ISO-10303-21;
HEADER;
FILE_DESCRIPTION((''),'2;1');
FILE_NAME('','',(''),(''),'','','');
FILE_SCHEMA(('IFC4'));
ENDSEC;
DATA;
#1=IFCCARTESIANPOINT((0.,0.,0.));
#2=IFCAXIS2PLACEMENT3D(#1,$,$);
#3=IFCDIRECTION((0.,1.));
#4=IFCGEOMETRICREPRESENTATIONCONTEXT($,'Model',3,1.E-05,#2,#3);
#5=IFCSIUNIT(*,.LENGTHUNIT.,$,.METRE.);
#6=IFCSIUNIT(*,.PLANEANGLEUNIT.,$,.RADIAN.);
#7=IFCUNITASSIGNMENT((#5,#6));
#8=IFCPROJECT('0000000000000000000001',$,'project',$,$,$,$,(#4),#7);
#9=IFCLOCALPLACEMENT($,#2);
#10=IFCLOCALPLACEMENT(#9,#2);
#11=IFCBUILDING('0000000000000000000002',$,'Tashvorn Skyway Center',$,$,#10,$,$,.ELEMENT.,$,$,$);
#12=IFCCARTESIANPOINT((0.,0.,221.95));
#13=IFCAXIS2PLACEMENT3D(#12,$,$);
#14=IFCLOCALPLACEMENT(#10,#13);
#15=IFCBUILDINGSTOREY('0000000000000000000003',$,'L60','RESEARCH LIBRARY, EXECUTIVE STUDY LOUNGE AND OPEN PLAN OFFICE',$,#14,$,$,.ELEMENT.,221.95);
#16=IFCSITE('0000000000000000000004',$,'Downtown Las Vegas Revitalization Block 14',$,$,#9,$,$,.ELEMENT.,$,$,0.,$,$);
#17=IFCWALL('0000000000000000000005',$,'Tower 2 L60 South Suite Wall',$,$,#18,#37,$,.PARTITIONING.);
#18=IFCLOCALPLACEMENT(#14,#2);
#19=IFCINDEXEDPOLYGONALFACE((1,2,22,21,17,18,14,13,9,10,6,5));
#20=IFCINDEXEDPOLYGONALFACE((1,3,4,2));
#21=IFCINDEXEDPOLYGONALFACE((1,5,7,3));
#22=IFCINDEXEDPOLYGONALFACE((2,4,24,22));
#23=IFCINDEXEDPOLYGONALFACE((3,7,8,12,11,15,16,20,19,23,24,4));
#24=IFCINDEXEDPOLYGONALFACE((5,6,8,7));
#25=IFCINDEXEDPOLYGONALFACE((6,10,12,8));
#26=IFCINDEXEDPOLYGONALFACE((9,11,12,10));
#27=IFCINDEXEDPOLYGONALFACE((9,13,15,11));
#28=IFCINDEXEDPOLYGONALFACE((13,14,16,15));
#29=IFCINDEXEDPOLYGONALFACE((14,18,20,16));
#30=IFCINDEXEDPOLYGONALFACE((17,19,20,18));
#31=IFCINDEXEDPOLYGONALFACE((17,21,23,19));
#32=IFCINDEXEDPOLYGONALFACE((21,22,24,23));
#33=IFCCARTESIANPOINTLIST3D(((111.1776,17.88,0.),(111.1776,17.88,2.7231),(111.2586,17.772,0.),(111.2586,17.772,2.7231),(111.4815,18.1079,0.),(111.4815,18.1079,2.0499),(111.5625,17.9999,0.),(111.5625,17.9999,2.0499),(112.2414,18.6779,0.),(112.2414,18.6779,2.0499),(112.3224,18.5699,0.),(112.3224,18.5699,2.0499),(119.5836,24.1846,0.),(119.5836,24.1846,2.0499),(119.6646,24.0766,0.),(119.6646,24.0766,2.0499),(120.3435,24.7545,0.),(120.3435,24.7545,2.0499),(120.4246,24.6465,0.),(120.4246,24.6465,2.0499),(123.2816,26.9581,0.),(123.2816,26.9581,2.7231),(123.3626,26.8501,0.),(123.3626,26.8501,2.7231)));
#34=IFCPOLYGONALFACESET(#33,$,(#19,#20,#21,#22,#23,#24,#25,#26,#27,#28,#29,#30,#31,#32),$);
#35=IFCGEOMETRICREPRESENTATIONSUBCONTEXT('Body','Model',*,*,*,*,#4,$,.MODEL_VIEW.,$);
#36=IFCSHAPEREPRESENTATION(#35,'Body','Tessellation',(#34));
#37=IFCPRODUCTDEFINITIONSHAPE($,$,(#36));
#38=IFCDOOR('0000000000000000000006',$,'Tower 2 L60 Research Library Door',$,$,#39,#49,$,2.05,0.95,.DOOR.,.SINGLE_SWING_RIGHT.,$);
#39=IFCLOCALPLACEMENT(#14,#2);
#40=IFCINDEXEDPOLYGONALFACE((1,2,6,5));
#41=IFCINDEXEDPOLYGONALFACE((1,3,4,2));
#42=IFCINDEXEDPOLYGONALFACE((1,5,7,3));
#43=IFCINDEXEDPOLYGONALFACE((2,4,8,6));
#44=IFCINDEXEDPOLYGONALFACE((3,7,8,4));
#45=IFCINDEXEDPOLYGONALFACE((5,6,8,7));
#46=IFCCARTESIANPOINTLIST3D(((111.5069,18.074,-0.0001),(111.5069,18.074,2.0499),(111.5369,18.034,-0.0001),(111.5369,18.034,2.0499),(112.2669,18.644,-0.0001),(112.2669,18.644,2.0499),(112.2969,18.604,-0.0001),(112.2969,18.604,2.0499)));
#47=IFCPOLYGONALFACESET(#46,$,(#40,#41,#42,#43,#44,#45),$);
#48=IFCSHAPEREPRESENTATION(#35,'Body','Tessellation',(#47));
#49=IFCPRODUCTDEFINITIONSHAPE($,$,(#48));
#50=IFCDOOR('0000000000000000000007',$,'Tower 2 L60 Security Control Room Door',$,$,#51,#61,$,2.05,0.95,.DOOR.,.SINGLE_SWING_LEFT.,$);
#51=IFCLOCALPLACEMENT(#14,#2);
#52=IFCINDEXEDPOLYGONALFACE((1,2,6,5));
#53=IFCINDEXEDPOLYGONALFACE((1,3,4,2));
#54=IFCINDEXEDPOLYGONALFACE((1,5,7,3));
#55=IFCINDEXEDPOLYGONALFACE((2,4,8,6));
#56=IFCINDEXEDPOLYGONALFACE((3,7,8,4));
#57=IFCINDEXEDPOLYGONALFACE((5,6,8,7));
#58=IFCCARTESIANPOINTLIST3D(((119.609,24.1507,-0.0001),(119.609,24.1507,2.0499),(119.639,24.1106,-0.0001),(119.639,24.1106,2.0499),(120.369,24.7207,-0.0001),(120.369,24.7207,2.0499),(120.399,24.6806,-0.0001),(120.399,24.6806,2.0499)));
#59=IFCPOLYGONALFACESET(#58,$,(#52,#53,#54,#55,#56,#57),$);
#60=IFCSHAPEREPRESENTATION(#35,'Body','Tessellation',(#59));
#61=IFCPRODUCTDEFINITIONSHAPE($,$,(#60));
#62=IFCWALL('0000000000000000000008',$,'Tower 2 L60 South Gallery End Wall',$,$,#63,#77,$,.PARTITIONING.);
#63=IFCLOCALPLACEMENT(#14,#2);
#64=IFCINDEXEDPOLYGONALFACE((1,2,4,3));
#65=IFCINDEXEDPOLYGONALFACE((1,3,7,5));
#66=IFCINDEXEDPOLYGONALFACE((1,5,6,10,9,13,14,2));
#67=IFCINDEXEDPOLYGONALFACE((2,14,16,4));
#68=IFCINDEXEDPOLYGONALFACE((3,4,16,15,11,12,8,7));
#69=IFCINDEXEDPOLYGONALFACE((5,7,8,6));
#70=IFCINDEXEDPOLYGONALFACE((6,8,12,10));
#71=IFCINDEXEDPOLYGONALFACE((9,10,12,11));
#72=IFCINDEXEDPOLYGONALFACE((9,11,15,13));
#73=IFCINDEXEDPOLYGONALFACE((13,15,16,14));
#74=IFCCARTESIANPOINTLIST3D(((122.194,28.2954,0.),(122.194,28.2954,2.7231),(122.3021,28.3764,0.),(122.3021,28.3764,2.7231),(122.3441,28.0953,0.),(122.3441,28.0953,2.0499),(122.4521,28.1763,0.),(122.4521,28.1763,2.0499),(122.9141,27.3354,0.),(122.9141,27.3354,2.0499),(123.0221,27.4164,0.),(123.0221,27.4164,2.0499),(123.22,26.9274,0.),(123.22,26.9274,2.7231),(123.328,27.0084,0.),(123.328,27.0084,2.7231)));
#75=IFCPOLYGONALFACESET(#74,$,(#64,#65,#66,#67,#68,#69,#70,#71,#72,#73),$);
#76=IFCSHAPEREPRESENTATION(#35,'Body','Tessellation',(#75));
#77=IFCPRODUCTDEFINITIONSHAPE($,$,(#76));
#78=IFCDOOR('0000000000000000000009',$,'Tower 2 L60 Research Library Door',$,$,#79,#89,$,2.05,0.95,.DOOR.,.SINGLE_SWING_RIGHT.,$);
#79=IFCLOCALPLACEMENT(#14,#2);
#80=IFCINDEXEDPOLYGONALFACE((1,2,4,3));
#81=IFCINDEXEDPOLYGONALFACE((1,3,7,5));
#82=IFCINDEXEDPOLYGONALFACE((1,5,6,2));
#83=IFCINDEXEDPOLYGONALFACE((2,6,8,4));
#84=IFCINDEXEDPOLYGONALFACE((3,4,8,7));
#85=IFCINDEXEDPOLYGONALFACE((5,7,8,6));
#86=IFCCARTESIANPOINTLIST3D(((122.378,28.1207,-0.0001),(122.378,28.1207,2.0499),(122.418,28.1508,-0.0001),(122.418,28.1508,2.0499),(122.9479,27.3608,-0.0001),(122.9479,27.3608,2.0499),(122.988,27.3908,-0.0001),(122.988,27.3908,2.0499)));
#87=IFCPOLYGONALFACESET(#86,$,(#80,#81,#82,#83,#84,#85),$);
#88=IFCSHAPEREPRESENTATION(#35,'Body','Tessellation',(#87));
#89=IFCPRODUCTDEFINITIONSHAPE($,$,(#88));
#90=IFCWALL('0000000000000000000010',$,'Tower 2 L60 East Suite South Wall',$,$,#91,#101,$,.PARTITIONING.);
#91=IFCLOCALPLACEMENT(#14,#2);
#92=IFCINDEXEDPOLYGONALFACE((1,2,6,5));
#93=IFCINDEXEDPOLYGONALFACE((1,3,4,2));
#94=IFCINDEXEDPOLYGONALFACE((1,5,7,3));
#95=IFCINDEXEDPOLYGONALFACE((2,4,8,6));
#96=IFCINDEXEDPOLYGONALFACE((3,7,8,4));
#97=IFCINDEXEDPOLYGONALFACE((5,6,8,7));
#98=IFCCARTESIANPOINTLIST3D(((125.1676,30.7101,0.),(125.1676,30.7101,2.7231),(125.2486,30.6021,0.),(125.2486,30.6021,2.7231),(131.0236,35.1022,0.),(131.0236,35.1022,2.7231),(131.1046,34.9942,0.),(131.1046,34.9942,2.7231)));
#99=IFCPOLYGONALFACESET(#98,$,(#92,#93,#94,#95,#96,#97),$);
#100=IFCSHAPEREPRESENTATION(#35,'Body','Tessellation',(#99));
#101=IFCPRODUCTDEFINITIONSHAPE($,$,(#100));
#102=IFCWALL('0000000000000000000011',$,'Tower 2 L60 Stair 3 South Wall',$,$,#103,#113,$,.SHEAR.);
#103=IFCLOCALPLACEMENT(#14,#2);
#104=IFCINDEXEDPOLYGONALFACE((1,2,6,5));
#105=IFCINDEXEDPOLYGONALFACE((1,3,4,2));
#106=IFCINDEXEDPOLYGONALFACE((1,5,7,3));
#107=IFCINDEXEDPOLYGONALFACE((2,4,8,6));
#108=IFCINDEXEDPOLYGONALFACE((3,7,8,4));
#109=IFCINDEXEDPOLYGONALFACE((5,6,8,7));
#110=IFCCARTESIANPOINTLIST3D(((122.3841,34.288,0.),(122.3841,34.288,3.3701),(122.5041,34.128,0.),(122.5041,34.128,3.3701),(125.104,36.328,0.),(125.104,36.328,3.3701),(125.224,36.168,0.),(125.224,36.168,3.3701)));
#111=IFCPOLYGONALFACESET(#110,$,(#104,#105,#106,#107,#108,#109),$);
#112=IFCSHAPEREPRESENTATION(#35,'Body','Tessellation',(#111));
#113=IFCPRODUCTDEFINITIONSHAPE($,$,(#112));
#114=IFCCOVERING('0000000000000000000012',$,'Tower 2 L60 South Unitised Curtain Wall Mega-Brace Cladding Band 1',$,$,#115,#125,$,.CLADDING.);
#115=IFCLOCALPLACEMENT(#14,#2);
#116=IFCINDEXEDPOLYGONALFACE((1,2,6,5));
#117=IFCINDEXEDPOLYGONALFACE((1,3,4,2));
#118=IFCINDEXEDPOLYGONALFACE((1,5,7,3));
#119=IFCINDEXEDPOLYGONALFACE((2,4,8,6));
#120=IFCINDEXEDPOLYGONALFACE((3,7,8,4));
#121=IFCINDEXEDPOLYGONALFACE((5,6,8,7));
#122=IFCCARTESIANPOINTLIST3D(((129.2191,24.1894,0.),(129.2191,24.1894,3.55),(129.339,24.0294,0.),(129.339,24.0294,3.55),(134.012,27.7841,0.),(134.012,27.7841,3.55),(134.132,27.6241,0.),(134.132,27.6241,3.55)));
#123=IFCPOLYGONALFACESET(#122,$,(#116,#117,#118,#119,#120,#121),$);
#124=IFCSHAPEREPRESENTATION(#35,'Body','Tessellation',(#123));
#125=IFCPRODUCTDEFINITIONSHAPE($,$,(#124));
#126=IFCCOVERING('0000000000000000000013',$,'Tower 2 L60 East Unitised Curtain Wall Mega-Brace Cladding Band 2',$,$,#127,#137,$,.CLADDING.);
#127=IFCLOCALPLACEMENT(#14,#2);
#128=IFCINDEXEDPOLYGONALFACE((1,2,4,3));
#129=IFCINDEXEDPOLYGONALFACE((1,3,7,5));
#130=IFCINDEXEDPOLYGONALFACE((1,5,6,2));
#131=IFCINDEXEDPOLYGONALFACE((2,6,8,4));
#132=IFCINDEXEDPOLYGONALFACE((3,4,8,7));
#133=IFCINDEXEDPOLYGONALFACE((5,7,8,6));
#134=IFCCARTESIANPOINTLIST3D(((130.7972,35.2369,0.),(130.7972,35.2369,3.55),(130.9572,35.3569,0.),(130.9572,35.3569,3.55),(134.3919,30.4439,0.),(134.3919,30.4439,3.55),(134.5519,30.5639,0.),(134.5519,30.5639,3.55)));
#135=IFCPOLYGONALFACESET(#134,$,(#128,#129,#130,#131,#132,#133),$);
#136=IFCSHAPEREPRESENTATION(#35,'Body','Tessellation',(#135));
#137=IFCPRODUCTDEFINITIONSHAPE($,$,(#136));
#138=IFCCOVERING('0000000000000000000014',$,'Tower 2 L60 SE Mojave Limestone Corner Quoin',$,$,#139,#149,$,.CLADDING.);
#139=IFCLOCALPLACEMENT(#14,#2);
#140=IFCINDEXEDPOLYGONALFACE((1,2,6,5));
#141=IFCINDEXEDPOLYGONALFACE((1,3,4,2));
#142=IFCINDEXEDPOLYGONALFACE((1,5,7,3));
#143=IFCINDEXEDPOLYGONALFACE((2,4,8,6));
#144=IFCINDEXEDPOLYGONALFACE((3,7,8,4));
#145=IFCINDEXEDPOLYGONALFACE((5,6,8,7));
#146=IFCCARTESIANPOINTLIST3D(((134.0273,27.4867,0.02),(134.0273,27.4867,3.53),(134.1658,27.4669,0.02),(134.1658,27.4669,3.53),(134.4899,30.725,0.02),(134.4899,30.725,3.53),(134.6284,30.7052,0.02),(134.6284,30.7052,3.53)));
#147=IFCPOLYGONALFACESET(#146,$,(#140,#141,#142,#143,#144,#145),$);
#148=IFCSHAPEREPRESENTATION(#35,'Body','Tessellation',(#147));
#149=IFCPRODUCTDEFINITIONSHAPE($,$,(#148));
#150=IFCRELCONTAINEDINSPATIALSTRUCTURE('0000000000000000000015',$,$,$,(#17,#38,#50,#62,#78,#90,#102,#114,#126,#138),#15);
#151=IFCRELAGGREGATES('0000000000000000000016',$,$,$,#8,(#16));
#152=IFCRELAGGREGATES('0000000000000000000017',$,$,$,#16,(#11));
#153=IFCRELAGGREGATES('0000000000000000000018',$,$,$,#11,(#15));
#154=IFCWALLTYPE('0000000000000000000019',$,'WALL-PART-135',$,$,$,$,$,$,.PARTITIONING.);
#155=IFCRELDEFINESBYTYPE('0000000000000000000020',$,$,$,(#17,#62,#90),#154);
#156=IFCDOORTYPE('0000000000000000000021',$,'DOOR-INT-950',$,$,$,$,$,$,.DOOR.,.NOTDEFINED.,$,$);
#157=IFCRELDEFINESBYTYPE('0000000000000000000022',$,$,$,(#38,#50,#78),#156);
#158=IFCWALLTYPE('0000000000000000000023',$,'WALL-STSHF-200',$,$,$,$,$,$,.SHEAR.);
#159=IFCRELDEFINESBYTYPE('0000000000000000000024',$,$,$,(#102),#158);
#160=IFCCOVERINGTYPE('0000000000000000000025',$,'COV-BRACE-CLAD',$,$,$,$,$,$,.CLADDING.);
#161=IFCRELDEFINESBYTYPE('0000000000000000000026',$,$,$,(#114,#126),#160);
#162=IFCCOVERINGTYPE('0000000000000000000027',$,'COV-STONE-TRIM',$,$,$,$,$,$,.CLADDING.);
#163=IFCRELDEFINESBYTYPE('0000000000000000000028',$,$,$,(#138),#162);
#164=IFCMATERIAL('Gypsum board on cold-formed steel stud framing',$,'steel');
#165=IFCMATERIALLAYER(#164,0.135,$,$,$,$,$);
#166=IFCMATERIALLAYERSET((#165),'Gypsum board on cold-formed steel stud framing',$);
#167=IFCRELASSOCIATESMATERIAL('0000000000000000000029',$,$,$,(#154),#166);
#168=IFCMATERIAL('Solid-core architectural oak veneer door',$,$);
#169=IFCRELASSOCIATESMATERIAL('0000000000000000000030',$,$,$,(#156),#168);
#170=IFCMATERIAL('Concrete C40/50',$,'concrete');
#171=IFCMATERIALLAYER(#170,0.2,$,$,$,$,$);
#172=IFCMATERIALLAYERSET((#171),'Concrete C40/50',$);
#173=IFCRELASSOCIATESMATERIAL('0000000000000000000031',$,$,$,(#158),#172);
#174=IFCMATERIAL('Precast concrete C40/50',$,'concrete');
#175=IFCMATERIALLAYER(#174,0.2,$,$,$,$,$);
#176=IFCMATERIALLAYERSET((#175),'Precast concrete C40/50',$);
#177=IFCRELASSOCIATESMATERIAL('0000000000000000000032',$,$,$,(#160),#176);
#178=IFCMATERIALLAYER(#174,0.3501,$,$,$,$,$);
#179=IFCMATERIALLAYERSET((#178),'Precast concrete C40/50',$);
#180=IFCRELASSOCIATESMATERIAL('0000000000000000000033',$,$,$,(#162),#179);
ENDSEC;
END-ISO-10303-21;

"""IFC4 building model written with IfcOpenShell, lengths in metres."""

from ifc_helpers import new_model, si_unit, direction, frame, frame_2d, origin, origin_2d, place, context, subcontext, project, spatial, rectangle, extrude, material, layer, layer_set, type_object, element, fill, save


model = new_model("IFC4")

# Units and contexts
model_context = context("Model", 3, precision=1e-05, world=origin(), true_north=direction((0.0, 1.0)))
body_context = subcontext(model_context, "Body", "Model", "MODEL_VIEW")
ifc_project = project(units=[si_unit("LENGTHUNIT", "METRE"), si_unit("PLANEANGLEUNIT", "RADIAN")], contexts=[model_context])

# Site, building, storey
site_placement = place(None, origin())
site = spatial("IfcSite", under=ifc_project, at=site_placement, Name="Downtown Las Vegas Revitalization Block 14", CompositionType="ELEMENT", RefElevation=0.0)
building_placement = place(site_placement, origin())
building = spatial("IfcBuilding", under=site, at=building_placement, Name="Tashvorn Skyway Center", CompositionType="ELEMENT")
storey_placement = place(building_placement, frame((0.0, 0.0, 221.95)))
storey = spatial("IfcBuildingStorey", under=building, at=storey_placement, Name="L60", Description="RESEARCH LIBRARY, EXECUTIVE STUDY LOUNGE AND OPEN PLAN OFFICE", CompositionType="ELEMENT", Elevation=221.95)

# Shared definitions
ifc_material_1 = material(Name="Precast concrete C40/50", Category="concrete")

# Wall, openings, doors
ifc_material_2 = material(Name="Gypsum board on cold-formed steel stud framing", Category="steel")
ifc_layer_1 = layer(ifc_material_2, 0.135)
ifc_layer_set_1 = layer_set([ifc_layer_1], Name="Gypsum board on cold-formed steel stud framing")
wall_type_1 = type_object("IfcWallType", Name="WALL-PART-135", PredefinedType="PARTITIONING", material=ifc_layer_set_1)
wall_1_placement = place(storey_placement, frame((123.322, 26.9041, 0.0), z_axis=(0.0, 0.0, 1.0), x_axis=(-0.799996, -0.600005, 0.0)))
wall_1 = element("IfcWall", 1, at=wall_1_placement, inside=storey, type_object=wall_type_1, Name="Tower 2 L60 South Suite Wall", PredefinedType="PARTITIONING", context=body_context, shape_type="SweptSolid", body=[
    extrude(rectangle(XDim=15.1301, YDim=0.135, at=frame_2d((7.5649, 0.0))), origin(), (0.0, 0.0, 1.0), 2.7231),
])
opening_1_placement = place(wall_1_placement, frame((13.8, 0.0, 0.0)))
opening_1 = element("IfcOpeningElement", 2, at=opening_1_placement, cuts=wall_1, PredefinedType="OPENING", context=body_context, shape_type="SweptSolid", body=[
    extrude(rectangle(XDim=0.95, YDim=2.05, at=frame_2d((0.4751, 1.0249))), frame((0.0, 0.0774, 0.0), z_axis=(0.0, -1.0, 0.0), x_axis=(1.0, 0.0, 0.0)), (0.0, 0.0, 1.0), 0.155),
])
opening_2_placement = place(wall_1_placement, frame((3.6724, 0.0, 0.0)))
opening_2 = element("IfcOpeningElement", 3, at=opening_2_placement, cuts=wall_1, PredefinedType="OPENING", context=body_context, shape_type="SweptSolid", body=[
    extrude(rectangle(XDim=0.95, YDim=2.05, at=frame_2d((0.4751, 1.0249))), frame((0.0, 0.0774, 0.0), z_axis=(0.0, -1.0, 0.0), x_axis=(1.0, 0.0, 0.0)), (0.0, 0.0, 1.0), 0.155),
])
ifc_material_3 = material(Name="Solid-core architectural oak veneer door")
door_type_1 = type_object("IfcDoorType", Name="DOOR-INT-950", OperationType="NOTDEFINED", PredefinedType="DOOR", material=ifc_material_3)
door_1_placement = place(opening_1_placement, origin())
door_1 = element("IfcDoor", 4, at=door_1_placement, inside=storey, type_object=door_type_1, Name="Tower 2 L60 Research Library Door", OperationType="SINGLE_SWING_RIGHT", OverallHeight=2.05, OverallWidth=0.95, PredefinedType="DOOR", context=body_context, shape_type="SweptSolid", body=[
    extrude(rectangle(XDim=0.95, YDim=2.05, at=frame_2d((0.4751, 1.0249))), frame((0.0, 0.0249, 0.0), z_axis=(0.0, -1.0, 0.0), x_axis=(1.0, 0.0, 0.0)), (0.0, 0.0, 1.0), 0.05),
])
fill(opening_1, door_1)
door_2_placement = place(opening_2_placement, origin())
door_2 = element("IfcDoor", 5, at=door_2_placement, inside=storey, type_object=door_type_1, Name="Tower 2 L60 Security Control Room Door", OperationType="SINGLE_SWING_LEFT", OverallHeight=2.05, OverallWidth=0.95, PredefinedType="DOOR", context=body_context, shape_type="SweptSolid", body=[
    extrude(rectangle(XDim=0.95, YDim=2.05, at=frame_2d((0.4751, 1.0249))), frame((0.0, 0.0249, 0.0), z_axis=(0.0, -1.0, 0.0), x_axis=(1.0, 0.0, 0.0)), (0.0, 0.0, 1.0), 0.05),
])
fill(opening_2, door_2)

# Wall, opening, door
wall_2_placement = place(storey_placement, frame((122.248, 28.3359, 0.0), z_axis=(0.0, 0.0, 1.0), x_axis=(0.599977, -0.800017, 0.0)))
wall_2 = element("IfcWall", 6, at=wall_2_placement, inside=storey, type_object=wall_type_1, Name="Tower 2 L60 South Gallery End Wall", PredefinedType="PARTITIONING", context=body_context, shape_type="SweptSolid", body=[
    extrude(rectangle(XDim=1.71, YDim=0.135, at=frame_2d((0.855, 0.0))), origin(), (0.0, 0.0, 1.0), 2.7231),
])
opening_3_placement = place(wall_2_placement, frame((0.25, 0.0, 0.0)))
opening_3 = element("IfcOpeningElement", 7, at=opening_3_placement, cuts=wall_2, PredefinedType="OPENING", context=body_context, shape_type="SweptSolid", body=[
    extrude(rectangle(XDim=0.95, YDim=2.05, at=frame_2d((0.4751, 1.0249))), frame((0.0, 0.0774, 0.0), z_axis=(0.0, -1.0, 0.0), x_axis=(1.0, 0.0, 0.0)), (0.0, 0.0, 1.0), 0.155),
])
door_3_placement = place(opening_3_placement, origin())
door_3 = element("IfcDoor", 8, at=door_3_placement, inside=storey, type_object=door_type_1, Name="Tower 2 L60 Research Library Door", OperationType="SINGLE_SWING_RIGHT", OverallHeight=2.05, OverallWidth=0.95, PredefinedType="DOOR", context=body_context, shape_type="SweptSolid", body=[
    extrude(rectangle(XDim=0.95, YDim=2.05, at=frame_2d((0.4751, 1.0249))), frame((0.0, 0.0249, 0.0), z_axis=(0.0, -1.0, 0.0), x_axis=(1.0, 0.0, 0.0)), (0.0, 0.0, 1.0), 0.05),
])
fill(opening_3, door_3)

# Walls
wall_3_placement = place(storey_placement, frame((125.208, 30.656, 0.0), z_axis=(0.0, 0.0, 1.0), x_axis=(0.799992, 0.600011, 0.0)))
element("IfcWall", 9, at=wall_3_placement, inside=storey, type_object=wall_type_1, Name="Tower 2 L60 East Suite South Wall", PredefinedType="PARTITIONING", context=body_context, shape_type="SweptSolid", body=[
    extrude(rectangle(XDim=7.3201, YDim=0.135, at=frame_2d((3.6602, 0.0))), origin(), (0.0, 0.0, 1.0), 2.7231),
])
ifc_material_4 = material(Name="Concrete C40/50", Category="concrete")
ifc_layer_2 = layer(ifc_material_4, 0.2)
ifc_layer_set_2 = layer_set([ifc_layer_2], Name="Concrete C40/50")
wall_type_2 = type_object("IfcWallType", Name="WALL-STSHF-200", PredefinedType="SHEAR", material=ifc_layer_set_2)
wall_4_placement = place(storey_placement, frame((122.4441, 34.208, 0.0), z_axis=(0.0, 0.0, 1.0), x_axis=(0.799991, 0.600011, 0.0)))
element("IfcWall", 10, at=wall_4_placement, inside=storey, type_object=wall_type_2, Name="Tower 2 L60 Stair 3 South Wall", PredefinedType="SHEAR", context=body_context, shape_type="SweptSolid", body=[
    extrude(rectangle(XDim=3.3999, YDim=0.2, at=frame_2d((1.7, 0.0))), origin(), (0.0, 0.0, 1.0), 3.3701),
])

# Coverings
ifc_layer_3 = layer(ifc_material_1, 0.2)
ifc_layer_set_3 = layer_set([ifc_layer_3], Name="Precast concrete C40/50")
covering_type_1 = type_object("IfcCoveringType", Name="COV-BRACE-CLAD", PredefinedType="CLADDING", material=ifc_layer_set_3)
for number, where, z_axis, x_axis, name in (
    (11, (131.6755, 25.9067, 0.0), (0.0, 0.0, 1.0), (-0.8, -0.6, 0.0), "Tower 2 L60 South Unitised Curtain Wall Mega-Brace Cladding Band 1"),
    (12, (132.6746, 32.9004, 0.0), (0.0, 0.0, 1.0), (0.6, -0.8, 0.0), "Tower 2 L60 East Unitised Curtain Wall Mega-Brace Cladding Band 2"),
):
    element("IfcCovering", number, at=place(storey_placement, frame(where, z_axis=z_axis, x_axis=x_axis)), inside=storey, type_object=covering_type_1, Name=name, PredefinedType="CLADDING", context=body_context, shape_type="SweptSolid", body=[
        extrude(rectangle(XDim=5.9912, YDim=0.2, at=origin_2d()), origin(), (0.0, 0.0, 1.0), 3.55),
    ])
ifc_layer_4 = layer(ifc_material_1, 0.3501)
ifc_layer_set_4 = layer_set([ifc_layer_4], Name="Precast concrete C40/50")
covering_type_2 = type_object("IfcCoveringType", Name="COV-STONE-TRIM", PredefinedType="CLADDING", material=ifc_layer_set_4)
covering_placement = place(storey_placement, frame((134.3279, 29.0959, 0.02), z_axis=(0.0, 0.0, 1.0), x_axis=(0.141421, 0.989949, 0.0)))
element("IfcCovering", 13, at=covering_placement, inside=storey, type_object=covering_type_2, Name="Tower 2 L60 SE Mojave Limestone Corner Quoin", PredefinedType="CLADDING", context=body_context, shape_type="SweptSolid", body=[
    extrude(rectangle(XDim=3.2712, YDim=0.1399, at=origin_2d()), origin(), (0.0, 0.0, 1.0), 3.51),
])

save(model, "model.ifc")
